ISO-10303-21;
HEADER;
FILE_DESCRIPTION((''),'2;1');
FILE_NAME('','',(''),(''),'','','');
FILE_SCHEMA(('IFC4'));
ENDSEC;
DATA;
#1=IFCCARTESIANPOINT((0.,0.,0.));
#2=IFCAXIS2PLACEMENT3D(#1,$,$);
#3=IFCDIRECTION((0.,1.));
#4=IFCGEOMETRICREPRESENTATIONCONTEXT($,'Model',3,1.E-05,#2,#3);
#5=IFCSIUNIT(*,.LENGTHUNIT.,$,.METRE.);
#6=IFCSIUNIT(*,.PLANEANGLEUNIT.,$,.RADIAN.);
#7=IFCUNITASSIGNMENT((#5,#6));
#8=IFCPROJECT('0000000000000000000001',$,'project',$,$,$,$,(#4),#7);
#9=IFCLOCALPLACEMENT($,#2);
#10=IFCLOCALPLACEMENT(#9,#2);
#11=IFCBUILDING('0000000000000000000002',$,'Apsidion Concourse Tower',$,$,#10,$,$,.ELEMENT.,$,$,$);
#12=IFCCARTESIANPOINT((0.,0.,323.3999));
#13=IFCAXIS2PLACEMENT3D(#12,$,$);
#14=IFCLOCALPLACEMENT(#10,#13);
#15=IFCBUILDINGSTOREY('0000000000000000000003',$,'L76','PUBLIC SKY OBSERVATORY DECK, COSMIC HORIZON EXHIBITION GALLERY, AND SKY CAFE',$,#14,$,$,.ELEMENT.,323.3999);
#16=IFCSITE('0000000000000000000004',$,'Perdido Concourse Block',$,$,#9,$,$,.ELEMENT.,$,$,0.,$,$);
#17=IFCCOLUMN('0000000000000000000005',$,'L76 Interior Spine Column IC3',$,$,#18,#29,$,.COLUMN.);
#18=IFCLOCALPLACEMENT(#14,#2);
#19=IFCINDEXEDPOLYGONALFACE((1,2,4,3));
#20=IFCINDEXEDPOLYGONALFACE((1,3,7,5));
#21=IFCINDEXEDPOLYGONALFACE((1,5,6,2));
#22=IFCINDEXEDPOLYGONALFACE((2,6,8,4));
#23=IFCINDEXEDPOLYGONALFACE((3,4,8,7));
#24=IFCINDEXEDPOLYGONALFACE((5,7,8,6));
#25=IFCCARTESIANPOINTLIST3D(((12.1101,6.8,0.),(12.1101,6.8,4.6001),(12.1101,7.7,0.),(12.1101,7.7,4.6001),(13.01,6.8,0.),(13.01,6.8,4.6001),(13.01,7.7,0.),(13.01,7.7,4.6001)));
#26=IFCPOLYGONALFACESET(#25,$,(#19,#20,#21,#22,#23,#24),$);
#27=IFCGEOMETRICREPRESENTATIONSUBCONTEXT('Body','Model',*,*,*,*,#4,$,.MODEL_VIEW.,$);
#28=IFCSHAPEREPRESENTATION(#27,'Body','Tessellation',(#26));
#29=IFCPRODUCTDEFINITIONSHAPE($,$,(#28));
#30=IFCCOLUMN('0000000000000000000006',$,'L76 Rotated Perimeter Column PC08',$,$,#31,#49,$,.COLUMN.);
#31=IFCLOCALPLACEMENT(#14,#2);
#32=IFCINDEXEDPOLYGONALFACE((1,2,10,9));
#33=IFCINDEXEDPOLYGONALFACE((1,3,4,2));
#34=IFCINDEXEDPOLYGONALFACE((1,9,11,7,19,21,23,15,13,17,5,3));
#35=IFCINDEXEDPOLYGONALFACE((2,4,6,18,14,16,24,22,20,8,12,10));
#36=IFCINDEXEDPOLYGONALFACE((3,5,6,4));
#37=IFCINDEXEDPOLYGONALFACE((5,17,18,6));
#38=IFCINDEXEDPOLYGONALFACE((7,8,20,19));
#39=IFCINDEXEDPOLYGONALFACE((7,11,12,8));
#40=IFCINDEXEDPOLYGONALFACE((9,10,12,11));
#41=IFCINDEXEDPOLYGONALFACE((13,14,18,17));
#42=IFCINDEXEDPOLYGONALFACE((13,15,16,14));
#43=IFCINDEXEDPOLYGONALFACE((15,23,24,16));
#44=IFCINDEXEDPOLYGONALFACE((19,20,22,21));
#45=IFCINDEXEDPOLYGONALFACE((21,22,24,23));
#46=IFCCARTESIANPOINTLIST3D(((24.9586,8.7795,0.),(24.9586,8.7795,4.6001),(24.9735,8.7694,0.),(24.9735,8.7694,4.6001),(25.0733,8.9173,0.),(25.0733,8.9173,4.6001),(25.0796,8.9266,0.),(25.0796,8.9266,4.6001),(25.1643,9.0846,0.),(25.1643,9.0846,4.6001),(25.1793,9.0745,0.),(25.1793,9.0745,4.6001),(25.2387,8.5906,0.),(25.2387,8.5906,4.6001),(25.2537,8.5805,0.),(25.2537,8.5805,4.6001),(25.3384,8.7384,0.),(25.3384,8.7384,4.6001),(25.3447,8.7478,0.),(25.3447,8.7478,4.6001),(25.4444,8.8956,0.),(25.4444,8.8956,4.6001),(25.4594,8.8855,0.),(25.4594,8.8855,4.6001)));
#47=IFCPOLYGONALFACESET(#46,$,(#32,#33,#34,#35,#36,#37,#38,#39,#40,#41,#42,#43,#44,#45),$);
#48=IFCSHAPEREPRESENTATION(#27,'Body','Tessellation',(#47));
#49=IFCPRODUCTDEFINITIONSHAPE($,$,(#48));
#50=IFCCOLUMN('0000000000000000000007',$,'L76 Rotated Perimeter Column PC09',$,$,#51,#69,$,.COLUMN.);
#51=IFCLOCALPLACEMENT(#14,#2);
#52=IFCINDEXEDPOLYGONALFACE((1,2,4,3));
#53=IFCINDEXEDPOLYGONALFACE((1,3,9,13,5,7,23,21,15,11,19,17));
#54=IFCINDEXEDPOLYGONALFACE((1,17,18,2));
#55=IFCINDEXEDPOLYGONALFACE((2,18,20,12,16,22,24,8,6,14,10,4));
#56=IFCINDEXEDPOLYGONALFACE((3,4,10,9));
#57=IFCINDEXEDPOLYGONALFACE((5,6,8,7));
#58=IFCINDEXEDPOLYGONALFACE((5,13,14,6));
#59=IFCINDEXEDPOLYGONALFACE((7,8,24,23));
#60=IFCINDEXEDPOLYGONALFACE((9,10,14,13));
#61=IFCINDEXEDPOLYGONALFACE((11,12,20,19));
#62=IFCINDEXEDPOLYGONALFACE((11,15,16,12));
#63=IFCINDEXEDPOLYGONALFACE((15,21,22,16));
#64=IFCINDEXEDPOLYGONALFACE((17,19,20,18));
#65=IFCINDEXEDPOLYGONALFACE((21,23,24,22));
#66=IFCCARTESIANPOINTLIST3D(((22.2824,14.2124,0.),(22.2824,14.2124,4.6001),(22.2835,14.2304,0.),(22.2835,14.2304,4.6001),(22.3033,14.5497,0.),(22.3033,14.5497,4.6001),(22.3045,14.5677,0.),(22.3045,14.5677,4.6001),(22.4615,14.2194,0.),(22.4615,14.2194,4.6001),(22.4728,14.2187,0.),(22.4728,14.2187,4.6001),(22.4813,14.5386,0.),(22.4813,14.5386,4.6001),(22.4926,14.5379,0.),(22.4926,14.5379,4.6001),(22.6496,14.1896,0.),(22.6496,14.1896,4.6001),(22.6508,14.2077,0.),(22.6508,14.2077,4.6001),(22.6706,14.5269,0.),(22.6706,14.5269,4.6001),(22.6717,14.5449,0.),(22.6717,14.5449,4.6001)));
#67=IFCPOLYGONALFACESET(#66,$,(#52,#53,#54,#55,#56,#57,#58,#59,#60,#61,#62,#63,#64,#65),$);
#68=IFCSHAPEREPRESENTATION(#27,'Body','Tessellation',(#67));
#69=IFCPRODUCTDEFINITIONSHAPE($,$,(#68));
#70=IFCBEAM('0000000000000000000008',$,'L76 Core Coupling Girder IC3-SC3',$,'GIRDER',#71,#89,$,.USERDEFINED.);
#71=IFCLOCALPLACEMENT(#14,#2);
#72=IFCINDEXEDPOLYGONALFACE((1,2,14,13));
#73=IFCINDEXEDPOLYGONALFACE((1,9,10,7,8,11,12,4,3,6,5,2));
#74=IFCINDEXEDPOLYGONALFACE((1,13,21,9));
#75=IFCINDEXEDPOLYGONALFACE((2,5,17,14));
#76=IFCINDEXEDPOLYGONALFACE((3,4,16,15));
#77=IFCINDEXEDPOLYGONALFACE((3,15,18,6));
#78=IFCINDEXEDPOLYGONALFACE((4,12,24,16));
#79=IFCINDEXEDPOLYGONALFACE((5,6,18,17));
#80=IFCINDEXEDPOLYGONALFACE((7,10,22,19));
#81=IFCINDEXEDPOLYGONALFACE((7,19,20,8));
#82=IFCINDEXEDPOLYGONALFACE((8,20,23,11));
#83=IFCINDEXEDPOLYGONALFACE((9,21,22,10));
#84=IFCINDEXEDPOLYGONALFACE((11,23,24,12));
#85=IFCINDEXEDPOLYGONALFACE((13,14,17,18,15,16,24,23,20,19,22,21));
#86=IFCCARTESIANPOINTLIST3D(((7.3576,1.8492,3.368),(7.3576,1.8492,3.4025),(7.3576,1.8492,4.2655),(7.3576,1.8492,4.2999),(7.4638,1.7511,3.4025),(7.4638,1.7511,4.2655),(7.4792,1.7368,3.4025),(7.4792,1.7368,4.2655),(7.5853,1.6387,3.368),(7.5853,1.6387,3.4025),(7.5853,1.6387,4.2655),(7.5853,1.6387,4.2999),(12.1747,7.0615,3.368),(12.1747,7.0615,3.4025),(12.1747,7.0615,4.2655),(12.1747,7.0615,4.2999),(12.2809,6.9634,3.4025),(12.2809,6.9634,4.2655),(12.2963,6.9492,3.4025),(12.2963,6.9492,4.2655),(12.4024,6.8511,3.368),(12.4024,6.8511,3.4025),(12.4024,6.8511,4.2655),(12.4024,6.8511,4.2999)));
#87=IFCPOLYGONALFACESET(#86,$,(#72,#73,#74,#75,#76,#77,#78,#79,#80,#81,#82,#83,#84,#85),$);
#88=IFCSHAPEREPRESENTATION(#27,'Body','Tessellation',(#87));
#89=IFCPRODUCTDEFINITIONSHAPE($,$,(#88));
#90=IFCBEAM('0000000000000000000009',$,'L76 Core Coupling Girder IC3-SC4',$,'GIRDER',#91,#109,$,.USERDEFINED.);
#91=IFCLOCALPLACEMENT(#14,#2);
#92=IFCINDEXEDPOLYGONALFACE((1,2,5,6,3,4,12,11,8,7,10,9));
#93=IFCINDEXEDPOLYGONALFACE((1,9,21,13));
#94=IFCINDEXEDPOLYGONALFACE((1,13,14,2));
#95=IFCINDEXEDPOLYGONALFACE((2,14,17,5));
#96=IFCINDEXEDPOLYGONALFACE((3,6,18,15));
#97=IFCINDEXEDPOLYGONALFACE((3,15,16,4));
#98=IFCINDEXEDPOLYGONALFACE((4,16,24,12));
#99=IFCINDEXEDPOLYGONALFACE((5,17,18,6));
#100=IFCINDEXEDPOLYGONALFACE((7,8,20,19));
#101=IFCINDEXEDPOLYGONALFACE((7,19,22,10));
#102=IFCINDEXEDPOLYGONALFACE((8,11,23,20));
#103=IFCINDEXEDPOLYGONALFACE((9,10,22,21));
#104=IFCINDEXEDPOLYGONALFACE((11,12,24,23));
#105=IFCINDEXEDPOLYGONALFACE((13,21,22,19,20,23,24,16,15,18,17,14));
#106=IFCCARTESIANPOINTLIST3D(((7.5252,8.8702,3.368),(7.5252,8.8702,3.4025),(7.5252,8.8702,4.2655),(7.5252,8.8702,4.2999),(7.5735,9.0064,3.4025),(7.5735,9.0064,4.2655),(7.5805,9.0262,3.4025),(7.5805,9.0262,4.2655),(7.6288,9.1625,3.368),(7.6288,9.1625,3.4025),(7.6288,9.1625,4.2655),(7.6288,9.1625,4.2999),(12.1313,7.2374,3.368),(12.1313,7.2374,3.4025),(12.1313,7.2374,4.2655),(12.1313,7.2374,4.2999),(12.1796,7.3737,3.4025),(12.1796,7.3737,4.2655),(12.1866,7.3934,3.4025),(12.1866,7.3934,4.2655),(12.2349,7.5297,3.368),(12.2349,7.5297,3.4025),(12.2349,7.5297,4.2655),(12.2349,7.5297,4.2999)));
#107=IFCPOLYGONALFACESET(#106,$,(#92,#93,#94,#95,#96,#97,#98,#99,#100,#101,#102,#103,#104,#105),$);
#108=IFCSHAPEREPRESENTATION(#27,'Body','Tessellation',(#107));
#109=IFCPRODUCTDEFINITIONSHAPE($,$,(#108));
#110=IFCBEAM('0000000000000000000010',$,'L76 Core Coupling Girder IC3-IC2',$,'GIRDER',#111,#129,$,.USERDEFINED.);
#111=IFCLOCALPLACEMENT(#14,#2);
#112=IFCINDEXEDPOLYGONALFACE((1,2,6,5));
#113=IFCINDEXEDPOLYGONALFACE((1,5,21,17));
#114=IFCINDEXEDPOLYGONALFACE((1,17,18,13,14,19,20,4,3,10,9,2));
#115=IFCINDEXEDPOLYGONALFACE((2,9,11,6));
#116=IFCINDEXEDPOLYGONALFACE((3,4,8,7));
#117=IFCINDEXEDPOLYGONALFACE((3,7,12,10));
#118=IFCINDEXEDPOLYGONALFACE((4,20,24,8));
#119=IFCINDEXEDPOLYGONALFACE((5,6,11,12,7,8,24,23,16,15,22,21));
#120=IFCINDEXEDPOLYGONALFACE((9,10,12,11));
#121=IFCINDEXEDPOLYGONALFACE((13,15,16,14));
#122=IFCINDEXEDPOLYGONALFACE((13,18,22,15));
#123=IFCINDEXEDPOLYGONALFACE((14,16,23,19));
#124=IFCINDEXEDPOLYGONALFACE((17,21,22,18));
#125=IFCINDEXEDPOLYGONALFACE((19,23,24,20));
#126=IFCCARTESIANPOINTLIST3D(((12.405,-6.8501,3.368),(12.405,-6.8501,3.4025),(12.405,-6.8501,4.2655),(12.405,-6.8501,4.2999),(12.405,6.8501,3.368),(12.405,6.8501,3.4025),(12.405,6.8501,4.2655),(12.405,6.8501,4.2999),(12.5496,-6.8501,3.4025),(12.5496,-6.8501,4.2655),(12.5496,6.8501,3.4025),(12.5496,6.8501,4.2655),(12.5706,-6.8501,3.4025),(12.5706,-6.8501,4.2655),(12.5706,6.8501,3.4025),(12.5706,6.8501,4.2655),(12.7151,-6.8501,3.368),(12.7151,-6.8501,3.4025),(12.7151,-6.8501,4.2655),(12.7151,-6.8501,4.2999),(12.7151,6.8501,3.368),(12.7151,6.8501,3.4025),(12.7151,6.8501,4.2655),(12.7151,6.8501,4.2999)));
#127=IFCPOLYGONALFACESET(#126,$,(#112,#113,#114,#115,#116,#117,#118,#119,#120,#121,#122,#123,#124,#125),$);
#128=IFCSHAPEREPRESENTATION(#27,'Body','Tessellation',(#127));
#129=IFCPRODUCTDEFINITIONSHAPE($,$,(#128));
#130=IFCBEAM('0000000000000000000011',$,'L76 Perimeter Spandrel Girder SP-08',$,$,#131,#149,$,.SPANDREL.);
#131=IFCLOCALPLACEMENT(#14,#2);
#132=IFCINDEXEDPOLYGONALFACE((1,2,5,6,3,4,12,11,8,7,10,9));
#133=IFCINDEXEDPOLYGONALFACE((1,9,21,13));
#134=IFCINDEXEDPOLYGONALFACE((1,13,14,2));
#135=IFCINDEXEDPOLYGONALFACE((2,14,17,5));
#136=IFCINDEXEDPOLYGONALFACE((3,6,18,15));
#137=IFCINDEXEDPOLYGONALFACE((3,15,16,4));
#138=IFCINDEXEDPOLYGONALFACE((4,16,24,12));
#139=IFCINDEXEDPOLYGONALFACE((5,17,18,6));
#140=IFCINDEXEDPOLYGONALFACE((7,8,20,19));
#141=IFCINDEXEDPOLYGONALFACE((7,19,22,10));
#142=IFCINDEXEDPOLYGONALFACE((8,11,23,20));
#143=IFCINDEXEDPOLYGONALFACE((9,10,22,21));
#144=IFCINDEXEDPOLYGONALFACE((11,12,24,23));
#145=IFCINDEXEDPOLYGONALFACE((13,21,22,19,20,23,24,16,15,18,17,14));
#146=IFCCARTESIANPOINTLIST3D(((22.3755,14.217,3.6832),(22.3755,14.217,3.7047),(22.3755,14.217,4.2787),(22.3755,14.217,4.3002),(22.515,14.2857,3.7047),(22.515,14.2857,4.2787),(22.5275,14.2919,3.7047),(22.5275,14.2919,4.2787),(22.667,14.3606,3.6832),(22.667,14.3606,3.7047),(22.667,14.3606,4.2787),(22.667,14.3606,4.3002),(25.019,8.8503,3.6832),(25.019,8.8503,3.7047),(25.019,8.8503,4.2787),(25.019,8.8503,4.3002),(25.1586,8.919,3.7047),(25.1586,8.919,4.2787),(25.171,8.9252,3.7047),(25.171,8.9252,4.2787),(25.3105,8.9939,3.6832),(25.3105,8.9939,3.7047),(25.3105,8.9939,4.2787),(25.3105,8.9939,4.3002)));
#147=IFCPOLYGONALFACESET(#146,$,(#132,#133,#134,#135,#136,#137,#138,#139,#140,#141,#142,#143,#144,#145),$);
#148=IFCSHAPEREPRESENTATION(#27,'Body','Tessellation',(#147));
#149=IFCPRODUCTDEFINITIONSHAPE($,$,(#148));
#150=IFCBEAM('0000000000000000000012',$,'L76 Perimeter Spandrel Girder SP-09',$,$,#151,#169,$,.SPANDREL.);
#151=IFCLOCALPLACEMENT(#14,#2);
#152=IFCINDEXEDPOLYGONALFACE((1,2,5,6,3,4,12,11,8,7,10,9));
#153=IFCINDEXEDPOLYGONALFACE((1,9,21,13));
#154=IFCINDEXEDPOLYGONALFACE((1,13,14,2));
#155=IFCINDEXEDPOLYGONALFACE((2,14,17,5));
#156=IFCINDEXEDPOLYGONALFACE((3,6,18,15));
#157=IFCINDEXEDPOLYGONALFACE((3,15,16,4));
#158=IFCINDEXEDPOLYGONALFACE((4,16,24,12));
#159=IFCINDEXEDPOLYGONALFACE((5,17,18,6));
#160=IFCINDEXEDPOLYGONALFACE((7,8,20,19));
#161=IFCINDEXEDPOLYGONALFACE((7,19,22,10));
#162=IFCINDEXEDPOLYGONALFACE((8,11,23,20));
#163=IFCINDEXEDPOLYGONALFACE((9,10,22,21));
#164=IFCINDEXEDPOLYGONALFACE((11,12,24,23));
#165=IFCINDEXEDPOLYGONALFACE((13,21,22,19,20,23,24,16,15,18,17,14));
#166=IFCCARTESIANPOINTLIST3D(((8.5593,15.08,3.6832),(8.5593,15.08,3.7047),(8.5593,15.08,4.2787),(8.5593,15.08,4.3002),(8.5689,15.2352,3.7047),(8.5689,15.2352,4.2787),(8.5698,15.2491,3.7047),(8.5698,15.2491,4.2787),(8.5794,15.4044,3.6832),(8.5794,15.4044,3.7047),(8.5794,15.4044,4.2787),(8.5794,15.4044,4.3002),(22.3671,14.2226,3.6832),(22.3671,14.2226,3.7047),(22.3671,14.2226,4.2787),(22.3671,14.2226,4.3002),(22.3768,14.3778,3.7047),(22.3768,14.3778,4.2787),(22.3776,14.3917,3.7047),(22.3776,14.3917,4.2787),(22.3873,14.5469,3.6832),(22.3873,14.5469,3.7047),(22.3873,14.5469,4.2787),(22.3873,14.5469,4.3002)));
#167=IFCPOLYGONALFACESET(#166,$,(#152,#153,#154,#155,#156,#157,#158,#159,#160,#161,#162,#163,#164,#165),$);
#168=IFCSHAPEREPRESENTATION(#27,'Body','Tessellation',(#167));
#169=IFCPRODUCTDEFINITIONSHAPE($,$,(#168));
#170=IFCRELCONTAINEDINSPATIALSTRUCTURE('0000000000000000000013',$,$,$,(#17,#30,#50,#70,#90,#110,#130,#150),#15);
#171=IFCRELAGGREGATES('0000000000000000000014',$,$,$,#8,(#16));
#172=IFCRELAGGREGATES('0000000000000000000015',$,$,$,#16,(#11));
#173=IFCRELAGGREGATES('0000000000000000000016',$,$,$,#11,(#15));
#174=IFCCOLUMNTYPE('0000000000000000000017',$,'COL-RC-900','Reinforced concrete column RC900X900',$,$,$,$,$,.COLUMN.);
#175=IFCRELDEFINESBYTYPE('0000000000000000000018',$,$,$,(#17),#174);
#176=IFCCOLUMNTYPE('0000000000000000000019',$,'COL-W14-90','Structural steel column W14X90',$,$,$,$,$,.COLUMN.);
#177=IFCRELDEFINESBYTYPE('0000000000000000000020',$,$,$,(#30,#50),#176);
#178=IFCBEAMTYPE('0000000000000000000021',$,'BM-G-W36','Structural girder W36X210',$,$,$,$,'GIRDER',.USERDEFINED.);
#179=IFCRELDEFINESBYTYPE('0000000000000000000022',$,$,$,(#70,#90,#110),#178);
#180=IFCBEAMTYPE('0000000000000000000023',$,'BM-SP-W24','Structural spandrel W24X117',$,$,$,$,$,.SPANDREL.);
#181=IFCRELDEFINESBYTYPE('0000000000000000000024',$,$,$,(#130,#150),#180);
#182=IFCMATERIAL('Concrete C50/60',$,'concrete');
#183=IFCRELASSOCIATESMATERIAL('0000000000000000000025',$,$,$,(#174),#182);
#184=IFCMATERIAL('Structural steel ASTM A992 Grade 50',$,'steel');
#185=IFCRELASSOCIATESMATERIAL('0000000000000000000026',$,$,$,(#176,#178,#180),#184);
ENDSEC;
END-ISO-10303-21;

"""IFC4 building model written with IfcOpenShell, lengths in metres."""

from ifc_helpers import new_model, si_unit, direction, frame, origin, origin_2d, place, context, subcontext, project, spatial, rectangle, i_section, extrude, material, material_profile, profile_set, type_object, element, save


model = new_model("IFC4")

# Units and contexts
model_context = context("Model", 3, precision=1e-05, world=origin(), true_north=direction((0.0, 1.0)))
body_context = subcontext(model_context, "Body", "Model", "MODEL_VIEW")
ifc_project = project(units=[si_unit("LENGTHUNIT", "METRE"), si_unit("PLANEANGLEUNIT", "RADIAN")], contexts=[model_context])

# Site, building, storey
site_placement = place(None, origin())
site = spatial("IfcSite", under=ifc_project, at=site_placement, Name="Perdido Concourse Block", CompositionType="ELEMENT", RefElevation=0.0)
building_placement = place(site_placement, origin())
building = spatial("IfcBuilding", under=site, at=building_placement, Name="Apsidion Concourse Tower", CompositionType="ELEMENT")
storey_placement = place(building_placement, frame((0.0, 0.0, 323.3999)))
storey = spatial("IfcBuildingStorey", under=building, at=storey_placement, Name="L76", Description="PUBLIC SKY OBSERVATORY DECK, COSMIC HORIZON EXHIBITION GALLERY, AND SKY CAFE", CompositionType="ELEMENT", Elevation=323.3999)

# Columns
ifc_material_1 = material(Name="Concrete C50/60", Category="concrete")
ifc_material_profile_1 = material_profile(ifc_material_1, rectangle(XDim=0.8999, YDim=0.8999, at=origin_2d()), Name="RC 900x900")
ifc_profile_set_1 = profile_set([ifc_material_profile_1], Name="Concrete C50/60")
column_type_1 = type_object("IfcColumnType", Name="COL-RC-900", Description="Reinforced concrete column RC900X900", PredefinedType="COLUMN", material=ifc_profile_set_1)
column_placement = place(storey_placement, frame((12.5601, 7.25, 0.0), z_axis=(0.0, 0.0, 1.0), x_axis=(1.0, 0.0, 0.0)))
element("IfcColumn", 1, at=column_placement, inside=storey, type_object=column_type_1, Name="L76 Interior Spine Column IC3", PredefinedType="COLUMN", context=body_context, shape_type="SweptSolid", body=[
    extrude(rectangle(XDim=0.8999, YDim=0.8999, at=origin_2d()), origin(), (0.0, 0.0, 1.0), 4.6001),
])
ifc_material_2 = material(Name="Structural steel ASTM A992 Grade 50", Category="steel")
ifc_material_profile_2 = material_profile(ifc_material_2, i_section(OverallWidth=0.3679, OverallDepth=0.356, WebThickness=0.0112, FlangeThickness=0.0181, at=origin_2d()), Name="W14X90")
ifc_profile_set_2 = profile_set([ifc_material_profile_2], Name="Structural steel ASTM A992 Grade 50")
column_type_2 = type_object("IfcColumnType", Name="COL-W14-90", Description="Structural steel column W14X90", PredefinedType="COLUMN", material=ifc_profile_set_2)
for number, where, z_axis, x_axis, name in (
    (2, (25.209, 8.8325, 0.0), (0.0, 0.0, 1.0), (0.559193, 0.829038, 0.0), "L76 Rotated Perimeter Column PC08"),
    (3, (22.4771, 14.3787, 0.0), (0.0, 0.0, 1.0), (-0.998081, 0.06192, 0.0), "L76 Rotated Perimeter Column PC09"),
):
    element("IfcColumn", number, at=place(storey_placement, frame(where, z_axis=z_axis, x_axis=x_axis)), inside=storey, type_object=column_type_2, Name=name, PredefinedType="COLUMN", context=body_context, shape_type="SweptSolid", body=[
        extrude(i_section(OverallWidth=0.3679, OverallDepth=0.356, WebThickness=0.0112, FlangeThickness=0.0181, at=origin_2d()), origin(), (0.0, 0.0, 1.0), 4.6001),
    ])

# Beams
ifc_material_profile_3 = material_profile(ifc_material_2, i_section(OverallWidth=0.3101, OverallDepth=0.9319, WebThickness=0.021, FlangeThickness=0.0344, at=origin_2d()), Name="W36X210")
ifc_profile_set_3 = profile_set([ifc_material_profile_3], Name="Structural steel ASTM A992 Grade 50")
beam_type_1 = type_object("IfcBeamType", Name="BM-G-W36", Description="Structural girder W36X210", ElementType="GIRDER", PredefinedType="USERDEFINED", material=ifc_profile_set_3)
beam_1_placement = place(storey_placement, frame((12.2886, 6.9563, 3.834), z_axis=(-0.678713, -0.734404, 0.0), x_axis=(0.734404, -0.678713, 0.0)))
element("IfcBeam", 4, at=beam_1_placement, inside=storey, type_object=beam_type_1, Name="L76 Core Coupling Girder IC3-SC3", ObjectType="GIRDER", PredefinedType="USERDEFINED", context=body_context, shape_type="SweptSolid", body=[
    extrude(i_section(OverallWidth=0.3101, OverallDepth=0.9319, WebThickness=0.021, FlangeThickness=0.0344, at=origin_2d()), origin(), (0.0, 0.0, 1.0), 7.0974),
])
beam_2_placement = place(storey_placement, frame((12.1831, 7.3835, 3.834), z_axis=(-0.942534, 0.334111, 0.0), x_axis=(-0.334111, -0.942534, 0.0)))
element("IfcBeam", 5, at=beam_2_placement, inside=storey, type_object=beam_type_1, Name="L76 Core Coupling Girder IC3-SC4", ObjectType="GIRDER", PredefinedType="USERDEFINED", context=body_context, shape_type="SweptSolid", body=[
    extrude(i_section(OverallWidth=0.3101, OverallDepth=0.9319, WebThickness=0.021, FlangeThickness=0.0344, at=origin_2d()), origin(), (0.0, 0.0, 1.0), 4.887),
])
beam_3_placement = place(storey_placement, frame((12.5601, 6.8501, 3.834), z_axis=(0.0, -1.0, 0.0), x_axis=(1.0, 0.0, 0.0)))
element("IfcBeam", 6, at=beam_3_placement, inside=storey, type_object=beam_type_1, Name="L76 Core Coupling Girder IC3-IC2", ObjectType="GIRDER", PredefinedType="USERDEFINED", context=body_context, shape_type="SweptSolid", body=[
    extrude(i_section(OverallWidth=0.3101, OverallDepth=0.9319, WebThickness=0.021, FlangeThickness=0.0344, at=origin_2d()), origin(), (0.0, 0.0, 1.0), 13.7002),
])
ifc_material_profile_4 = material_profile(ifc_material_2, i_section(OverallWidth=0.325, OverallDepth=0.6169, WebThickness=0.0139, FlangeThickness=0.0215, at=origin_2d()), Name="W24X117")
ifc_profile_set_4 = profile_set([ifc_material_profile_4], Name="Structural steel ASTM A992 Grade 50")
beam_type_2 = type_object("IfcBeamType", Name="BM-SP-W24", Description="Structural spandrel W24X117", PredefinedType="SPANDREL", material=ifc_profile_set_4)
beam_4_placement = place(storey_placement, frame((25.1648, 8.9221, 3.9917), z_axis=(-0.441884, 0.897072, 0.0), x_axis=(-0.897072, -0.441884, 0.0)))
element("IfcBeam", 7, at=beam_4_placement, inside=storey, type_object=beam_type_2, Name="L76 Perimeter Spandrel Girder SP-08", PredefinedType="SPANDREL", context=body_context, shape_type="SweptSolid", body=[
    extrude(i_section(OverallWidth=0.325, OverallDepth=0.6169, WebThickness=0.0139, FlangeThickness=0.0215, at=origin_2d()), origin(), (0.0, 0.0, 1.0), 5.9824),
])
beam_5_placement = place(storey_placement, frame((22.3772, 14.3848, 3.9917), z_axis=(-0.998078, 0.061977, 0.0), x_axis=(-0.061977, -0.998078, 0.0)))
element("IfcBeam", 8, at=beam_5_placement, inside=storey, type_object=beam_type_2, Name="L76 Perimeter Spandrel Girder SP-09", PredefinedType="SPANDREL", context=body_context, shape_type="SweptSolid", body=[
    extrude(i_section(OverallWidth=0.325, OverallDepth=0.6169, WebThickness=0.0139, FlangeThickness=0.0215, at=origin_2d()), origin(), (0.0, 0.0, 1.0), 13.8345),
])

save(model, "model.ifc")
